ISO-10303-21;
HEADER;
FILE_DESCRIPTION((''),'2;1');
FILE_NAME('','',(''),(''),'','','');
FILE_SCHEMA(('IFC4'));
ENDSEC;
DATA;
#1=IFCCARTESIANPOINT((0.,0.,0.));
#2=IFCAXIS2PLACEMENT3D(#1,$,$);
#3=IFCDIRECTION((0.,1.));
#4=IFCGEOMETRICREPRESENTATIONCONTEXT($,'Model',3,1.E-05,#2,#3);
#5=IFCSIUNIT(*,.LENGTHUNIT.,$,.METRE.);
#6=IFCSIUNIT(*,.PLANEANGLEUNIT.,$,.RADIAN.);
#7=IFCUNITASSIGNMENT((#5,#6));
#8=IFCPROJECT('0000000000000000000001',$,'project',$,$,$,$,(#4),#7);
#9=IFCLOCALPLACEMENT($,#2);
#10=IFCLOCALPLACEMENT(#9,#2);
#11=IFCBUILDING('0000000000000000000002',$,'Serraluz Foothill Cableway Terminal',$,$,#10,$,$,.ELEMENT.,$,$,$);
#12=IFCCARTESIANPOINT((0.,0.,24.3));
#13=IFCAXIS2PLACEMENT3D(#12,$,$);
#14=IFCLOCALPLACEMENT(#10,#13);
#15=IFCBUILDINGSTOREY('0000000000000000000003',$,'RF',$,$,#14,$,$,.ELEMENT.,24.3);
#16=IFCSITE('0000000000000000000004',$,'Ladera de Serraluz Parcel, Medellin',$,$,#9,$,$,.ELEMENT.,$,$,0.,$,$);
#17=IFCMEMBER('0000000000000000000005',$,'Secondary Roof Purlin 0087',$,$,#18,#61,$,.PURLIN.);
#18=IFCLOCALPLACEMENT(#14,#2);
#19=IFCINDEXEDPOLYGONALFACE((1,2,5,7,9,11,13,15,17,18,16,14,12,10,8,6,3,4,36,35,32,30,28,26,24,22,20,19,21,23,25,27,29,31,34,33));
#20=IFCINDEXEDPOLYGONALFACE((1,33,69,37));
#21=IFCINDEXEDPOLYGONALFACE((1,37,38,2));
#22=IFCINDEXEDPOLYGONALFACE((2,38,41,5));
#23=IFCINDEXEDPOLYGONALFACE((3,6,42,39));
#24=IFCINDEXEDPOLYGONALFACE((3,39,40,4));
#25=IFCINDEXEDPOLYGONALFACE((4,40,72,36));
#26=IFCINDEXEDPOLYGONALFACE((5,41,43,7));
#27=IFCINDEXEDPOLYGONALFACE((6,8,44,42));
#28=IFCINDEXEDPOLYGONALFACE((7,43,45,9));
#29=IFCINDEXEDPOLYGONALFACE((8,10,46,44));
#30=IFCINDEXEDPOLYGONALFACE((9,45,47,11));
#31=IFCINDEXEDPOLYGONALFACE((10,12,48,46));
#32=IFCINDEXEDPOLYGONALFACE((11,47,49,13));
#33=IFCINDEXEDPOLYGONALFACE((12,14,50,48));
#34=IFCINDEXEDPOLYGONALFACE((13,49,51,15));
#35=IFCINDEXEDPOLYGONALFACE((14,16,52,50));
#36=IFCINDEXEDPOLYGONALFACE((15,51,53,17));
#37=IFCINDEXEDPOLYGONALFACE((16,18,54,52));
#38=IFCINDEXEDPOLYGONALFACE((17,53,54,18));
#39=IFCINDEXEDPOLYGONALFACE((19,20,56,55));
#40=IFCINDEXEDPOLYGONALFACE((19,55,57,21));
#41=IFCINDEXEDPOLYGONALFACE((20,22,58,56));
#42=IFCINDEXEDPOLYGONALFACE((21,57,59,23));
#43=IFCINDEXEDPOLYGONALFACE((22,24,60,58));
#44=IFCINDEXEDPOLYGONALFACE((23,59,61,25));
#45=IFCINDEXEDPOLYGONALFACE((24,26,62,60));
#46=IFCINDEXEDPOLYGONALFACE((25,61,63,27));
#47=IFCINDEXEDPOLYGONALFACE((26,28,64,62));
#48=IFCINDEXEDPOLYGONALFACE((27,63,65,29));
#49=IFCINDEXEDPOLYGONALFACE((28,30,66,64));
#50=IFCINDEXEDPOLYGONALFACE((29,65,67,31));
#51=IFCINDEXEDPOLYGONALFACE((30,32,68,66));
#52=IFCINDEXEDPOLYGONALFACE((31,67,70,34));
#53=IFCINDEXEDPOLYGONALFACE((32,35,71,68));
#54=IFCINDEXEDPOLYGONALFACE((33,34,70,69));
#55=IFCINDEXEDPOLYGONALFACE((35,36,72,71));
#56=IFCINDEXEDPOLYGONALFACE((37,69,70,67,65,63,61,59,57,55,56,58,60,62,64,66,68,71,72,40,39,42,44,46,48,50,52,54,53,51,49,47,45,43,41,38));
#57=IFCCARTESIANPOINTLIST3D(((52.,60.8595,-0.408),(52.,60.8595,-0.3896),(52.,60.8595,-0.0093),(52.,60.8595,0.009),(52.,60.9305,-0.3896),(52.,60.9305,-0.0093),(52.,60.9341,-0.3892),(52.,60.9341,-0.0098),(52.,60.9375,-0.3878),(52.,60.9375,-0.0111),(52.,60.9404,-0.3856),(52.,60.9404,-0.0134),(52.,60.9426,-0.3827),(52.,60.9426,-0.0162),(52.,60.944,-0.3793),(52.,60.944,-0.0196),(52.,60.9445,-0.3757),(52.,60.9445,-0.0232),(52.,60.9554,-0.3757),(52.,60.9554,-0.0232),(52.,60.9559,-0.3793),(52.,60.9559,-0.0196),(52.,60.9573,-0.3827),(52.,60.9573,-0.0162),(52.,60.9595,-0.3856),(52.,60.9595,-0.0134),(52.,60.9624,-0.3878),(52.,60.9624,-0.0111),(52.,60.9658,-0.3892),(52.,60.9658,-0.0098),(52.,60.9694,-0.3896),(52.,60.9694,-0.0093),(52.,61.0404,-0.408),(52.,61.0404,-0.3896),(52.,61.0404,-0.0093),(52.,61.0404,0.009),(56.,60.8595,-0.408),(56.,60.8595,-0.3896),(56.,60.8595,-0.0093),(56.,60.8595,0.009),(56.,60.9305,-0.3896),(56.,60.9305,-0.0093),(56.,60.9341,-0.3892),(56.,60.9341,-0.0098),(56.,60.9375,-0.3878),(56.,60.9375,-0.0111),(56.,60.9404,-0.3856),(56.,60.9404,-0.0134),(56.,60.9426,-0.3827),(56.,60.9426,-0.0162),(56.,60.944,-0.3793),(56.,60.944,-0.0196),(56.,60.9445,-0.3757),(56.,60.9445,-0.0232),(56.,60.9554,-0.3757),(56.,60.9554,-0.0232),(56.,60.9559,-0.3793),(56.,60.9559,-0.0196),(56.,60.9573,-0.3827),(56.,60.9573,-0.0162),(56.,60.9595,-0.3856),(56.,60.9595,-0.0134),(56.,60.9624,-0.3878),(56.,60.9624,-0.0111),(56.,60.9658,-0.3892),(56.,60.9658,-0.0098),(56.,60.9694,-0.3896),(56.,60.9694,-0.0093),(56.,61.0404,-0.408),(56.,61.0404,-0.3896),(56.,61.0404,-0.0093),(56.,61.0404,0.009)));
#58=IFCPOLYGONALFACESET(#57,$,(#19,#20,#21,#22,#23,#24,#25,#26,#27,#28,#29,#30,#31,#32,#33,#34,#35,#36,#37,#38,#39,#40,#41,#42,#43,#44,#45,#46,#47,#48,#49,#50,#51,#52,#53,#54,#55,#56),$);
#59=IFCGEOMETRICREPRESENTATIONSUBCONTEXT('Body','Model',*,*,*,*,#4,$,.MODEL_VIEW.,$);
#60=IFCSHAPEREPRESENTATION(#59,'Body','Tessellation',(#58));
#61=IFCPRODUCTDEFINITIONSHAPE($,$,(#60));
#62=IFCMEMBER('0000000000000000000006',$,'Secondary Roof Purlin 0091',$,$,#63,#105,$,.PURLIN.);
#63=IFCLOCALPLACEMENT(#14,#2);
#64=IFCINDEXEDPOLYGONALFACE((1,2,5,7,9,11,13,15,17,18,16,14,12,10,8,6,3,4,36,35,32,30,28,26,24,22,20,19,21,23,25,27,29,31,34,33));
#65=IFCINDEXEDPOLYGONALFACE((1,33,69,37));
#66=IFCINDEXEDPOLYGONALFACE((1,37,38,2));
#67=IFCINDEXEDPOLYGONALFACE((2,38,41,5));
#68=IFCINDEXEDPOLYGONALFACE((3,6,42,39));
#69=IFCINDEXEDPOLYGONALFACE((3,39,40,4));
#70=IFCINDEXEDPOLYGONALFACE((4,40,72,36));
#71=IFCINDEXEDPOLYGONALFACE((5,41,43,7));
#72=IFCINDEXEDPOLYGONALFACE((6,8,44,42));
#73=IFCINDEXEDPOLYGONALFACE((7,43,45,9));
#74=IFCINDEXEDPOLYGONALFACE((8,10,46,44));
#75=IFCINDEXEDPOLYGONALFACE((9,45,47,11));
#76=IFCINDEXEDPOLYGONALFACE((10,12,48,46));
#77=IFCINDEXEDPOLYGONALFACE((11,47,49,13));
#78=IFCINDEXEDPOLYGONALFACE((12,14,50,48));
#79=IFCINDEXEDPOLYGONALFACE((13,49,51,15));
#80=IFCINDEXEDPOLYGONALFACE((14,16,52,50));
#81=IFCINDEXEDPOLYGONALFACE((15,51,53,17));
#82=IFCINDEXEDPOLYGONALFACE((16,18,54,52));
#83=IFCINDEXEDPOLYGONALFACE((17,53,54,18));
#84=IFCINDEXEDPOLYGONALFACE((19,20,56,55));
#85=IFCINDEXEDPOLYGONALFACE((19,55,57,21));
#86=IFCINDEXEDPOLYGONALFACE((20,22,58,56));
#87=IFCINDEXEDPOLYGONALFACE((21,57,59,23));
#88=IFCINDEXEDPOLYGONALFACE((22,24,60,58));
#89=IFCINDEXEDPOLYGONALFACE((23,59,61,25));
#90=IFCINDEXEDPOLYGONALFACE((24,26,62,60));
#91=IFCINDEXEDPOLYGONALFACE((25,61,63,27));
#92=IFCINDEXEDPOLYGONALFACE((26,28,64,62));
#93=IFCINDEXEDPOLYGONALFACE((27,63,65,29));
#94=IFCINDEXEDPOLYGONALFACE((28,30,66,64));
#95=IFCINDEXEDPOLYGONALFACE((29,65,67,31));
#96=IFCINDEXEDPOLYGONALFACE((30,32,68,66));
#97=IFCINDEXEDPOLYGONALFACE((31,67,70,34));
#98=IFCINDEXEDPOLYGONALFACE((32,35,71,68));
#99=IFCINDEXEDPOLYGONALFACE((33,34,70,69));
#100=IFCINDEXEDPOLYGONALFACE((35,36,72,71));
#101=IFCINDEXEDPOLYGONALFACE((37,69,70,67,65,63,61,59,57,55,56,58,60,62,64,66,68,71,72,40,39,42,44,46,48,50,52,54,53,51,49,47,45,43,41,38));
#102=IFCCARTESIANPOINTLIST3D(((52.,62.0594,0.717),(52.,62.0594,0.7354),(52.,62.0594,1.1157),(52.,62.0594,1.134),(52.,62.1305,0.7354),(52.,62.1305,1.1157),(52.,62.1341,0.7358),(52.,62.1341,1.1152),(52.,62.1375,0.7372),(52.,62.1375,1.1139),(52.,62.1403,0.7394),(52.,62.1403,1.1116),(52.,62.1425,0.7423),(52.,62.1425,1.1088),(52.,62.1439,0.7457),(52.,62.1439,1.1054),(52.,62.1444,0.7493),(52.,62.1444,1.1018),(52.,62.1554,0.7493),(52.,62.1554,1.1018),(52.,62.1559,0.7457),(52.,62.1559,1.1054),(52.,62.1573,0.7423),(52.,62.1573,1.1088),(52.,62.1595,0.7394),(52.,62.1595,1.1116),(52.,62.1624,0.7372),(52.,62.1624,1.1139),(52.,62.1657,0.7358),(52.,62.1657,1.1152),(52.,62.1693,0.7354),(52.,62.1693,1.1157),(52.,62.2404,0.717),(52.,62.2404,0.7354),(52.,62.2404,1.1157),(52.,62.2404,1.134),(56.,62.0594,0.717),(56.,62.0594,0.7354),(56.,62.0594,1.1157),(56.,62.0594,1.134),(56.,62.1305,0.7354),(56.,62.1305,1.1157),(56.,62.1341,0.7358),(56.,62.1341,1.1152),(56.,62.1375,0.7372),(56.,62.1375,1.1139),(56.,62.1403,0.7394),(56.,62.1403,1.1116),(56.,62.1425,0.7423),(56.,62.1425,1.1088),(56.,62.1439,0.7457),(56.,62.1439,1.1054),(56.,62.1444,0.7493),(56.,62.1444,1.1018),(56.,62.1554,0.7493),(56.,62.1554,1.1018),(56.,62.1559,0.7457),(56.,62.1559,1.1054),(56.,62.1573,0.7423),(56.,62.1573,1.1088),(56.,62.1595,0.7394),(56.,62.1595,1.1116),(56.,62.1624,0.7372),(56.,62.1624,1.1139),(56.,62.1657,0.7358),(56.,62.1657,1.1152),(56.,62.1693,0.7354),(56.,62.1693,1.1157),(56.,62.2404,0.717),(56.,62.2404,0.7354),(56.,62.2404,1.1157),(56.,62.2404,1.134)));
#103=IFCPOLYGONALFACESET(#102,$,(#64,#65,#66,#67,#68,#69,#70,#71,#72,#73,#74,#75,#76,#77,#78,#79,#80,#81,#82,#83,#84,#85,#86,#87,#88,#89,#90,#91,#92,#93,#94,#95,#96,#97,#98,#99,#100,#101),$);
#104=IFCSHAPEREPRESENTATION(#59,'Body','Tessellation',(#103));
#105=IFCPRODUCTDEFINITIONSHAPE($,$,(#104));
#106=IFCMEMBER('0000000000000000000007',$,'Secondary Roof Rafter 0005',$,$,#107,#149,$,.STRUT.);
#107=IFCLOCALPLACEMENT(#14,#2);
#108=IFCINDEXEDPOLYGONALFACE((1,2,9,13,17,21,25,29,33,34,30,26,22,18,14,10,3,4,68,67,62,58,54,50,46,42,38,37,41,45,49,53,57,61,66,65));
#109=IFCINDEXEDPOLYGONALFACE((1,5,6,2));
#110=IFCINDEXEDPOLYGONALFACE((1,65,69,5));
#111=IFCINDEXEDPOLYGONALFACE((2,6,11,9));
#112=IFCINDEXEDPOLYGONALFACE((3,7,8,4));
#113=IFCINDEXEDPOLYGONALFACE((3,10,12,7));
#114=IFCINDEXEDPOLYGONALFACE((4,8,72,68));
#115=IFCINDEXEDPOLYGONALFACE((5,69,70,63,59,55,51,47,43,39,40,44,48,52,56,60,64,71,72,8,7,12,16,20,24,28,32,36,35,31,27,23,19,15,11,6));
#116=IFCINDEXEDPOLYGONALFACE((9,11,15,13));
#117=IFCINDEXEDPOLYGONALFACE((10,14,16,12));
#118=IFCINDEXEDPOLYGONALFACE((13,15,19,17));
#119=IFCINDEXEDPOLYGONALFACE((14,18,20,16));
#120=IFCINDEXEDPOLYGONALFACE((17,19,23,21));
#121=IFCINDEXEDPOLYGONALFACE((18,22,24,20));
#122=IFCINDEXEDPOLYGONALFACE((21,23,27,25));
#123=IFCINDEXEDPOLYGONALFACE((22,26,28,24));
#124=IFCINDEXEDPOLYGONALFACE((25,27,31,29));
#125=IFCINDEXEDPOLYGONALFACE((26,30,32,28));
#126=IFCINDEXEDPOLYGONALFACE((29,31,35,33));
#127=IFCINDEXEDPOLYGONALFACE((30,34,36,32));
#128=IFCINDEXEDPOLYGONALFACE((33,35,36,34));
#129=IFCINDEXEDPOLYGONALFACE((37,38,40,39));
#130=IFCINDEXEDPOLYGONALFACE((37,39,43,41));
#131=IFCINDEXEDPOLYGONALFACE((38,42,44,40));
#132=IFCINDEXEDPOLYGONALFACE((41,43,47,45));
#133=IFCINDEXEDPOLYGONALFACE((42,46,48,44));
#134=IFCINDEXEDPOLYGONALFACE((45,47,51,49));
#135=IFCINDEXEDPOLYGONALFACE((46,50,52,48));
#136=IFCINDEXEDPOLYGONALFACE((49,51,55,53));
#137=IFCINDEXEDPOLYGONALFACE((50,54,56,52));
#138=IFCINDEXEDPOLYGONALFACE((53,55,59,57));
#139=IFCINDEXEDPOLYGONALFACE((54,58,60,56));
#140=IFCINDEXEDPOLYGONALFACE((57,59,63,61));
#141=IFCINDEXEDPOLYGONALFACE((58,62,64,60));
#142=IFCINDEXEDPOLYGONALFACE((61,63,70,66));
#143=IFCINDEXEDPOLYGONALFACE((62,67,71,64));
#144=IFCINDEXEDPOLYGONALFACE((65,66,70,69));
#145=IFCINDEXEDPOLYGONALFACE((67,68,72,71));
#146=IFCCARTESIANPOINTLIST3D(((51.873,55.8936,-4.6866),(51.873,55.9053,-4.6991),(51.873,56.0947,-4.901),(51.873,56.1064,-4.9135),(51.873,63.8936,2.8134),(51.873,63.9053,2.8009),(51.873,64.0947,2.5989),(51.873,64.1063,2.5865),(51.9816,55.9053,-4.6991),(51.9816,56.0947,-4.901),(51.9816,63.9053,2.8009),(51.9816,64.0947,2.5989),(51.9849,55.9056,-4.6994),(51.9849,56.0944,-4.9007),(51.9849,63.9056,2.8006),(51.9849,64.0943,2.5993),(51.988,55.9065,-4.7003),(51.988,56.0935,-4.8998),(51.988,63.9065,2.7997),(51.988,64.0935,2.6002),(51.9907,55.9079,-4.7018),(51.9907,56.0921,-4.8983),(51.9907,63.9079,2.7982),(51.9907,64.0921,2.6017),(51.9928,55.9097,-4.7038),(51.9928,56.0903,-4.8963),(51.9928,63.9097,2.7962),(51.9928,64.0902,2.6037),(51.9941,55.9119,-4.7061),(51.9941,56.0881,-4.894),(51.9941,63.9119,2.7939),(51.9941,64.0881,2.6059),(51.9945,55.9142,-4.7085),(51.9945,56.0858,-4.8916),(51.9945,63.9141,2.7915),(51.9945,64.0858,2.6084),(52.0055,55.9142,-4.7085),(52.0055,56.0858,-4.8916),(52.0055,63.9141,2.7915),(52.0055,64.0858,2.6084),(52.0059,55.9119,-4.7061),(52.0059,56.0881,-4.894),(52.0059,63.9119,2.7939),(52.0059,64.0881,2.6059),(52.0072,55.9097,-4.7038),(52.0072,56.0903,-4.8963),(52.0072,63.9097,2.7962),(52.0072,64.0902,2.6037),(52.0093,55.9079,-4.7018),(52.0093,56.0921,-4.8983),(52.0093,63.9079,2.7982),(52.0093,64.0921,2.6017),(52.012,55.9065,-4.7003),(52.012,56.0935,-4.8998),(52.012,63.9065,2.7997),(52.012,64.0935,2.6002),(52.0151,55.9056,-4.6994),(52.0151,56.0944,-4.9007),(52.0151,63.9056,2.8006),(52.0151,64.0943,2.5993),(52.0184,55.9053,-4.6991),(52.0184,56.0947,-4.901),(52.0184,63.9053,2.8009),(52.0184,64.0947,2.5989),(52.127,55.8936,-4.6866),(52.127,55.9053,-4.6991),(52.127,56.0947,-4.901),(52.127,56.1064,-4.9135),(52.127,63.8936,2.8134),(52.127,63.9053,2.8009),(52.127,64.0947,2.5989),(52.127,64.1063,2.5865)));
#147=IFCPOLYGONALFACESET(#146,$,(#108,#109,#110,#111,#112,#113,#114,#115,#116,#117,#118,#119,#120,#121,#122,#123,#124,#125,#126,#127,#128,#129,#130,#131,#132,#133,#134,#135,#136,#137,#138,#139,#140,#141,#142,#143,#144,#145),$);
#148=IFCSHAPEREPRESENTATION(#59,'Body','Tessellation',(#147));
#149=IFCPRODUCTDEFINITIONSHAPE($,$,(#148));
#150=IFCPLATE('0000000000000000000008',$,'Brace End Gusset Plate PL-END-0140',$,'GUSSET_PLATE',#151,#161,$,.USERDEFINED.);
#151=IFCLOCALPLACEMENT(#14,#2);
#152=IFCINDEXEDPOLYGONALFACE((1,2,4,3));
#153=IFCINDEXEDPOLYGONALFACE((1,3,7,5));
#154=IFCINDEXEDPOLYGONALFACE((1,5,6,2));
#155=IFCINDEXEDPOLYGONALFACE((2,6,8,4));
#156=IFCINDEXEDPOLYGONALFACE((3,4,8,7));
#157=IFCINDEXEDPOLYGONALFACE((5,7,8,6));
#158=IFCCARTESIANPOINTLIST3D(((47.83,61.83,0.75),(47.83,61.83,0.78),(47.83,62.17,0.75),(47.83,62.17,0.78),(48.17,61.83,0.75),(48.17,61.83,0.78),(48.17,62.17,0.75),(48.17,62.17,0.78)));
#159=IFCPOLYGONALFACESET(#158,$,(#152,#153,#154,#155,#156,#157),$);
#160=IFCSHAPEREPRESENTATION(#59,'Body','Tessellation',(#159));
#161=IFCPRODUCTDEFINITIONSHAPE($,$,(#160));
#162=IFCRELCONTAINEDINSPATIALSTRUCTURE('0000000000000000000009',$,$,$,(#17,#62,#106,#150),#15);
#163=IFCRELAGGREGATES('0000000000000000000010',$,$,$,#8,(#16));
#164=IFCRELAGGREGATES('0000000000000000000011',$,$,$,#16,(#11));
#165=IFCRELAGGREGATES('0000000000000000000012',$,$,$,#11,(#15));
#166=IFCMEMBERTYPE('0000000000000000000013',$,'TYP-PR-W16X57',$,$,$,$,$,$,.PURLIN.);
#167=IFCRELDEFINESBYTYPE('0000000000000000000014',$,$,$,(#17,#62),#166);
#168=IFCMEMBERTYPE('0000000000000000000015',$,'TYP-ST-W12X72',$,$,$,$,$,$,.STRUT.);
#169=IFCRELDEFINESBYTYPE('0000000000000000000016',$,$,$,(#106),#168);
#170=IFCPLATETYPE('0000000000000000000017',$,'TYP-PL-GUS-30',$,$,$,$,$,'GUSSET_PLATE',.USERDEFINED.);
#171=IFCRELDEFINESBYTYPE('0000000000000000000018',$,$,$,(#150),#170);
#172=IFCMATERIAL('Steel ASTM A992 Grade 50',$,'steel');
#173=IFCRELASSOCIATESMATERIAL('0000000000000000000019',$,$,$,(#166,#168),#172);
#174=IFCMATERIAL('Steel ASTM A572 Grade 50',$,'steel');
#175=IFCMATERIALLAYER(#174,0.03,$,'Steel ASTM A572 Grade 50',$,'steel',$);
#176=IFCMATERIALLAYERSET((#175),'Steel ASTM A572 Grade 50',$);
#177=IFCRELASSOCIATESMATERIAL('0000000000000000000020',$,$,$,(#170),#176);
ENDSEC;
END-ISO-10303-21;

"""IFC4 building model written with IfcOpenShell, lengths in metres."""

from ifc_helpers import new_model, si_unit, direction, frame, origin, origin_2d, place, context, subcontext, project, spatial, rectangle, i_section, extrude, material, layer, layer_set, material_profile, profile_set, type_object, element, save


model = new_model("IFC4")

# Units and contexts
model_context = context("Model", 3, precision=1e-05, world=origin(), true_north=direction((0.0, 1.0)))
body_context = subcontext(model_context, "Body", "Model", "MODEL_VIEW")
ifc_project = project(units=[si_unit("LENGTHUNIT", "METRE"), si_unit("PLANEANGLEUNIT", "RADIAN")], contexts=[model_context])

# Site, building, storey
site_placement = place(None, origin())
site = spatial("IfcSite", under=ifc_project, at=site_placement, Name="Ladera de Serraluz Parcel, Medellin", CompositionType="ELEMENT", RefElevation=0.0)
building_placement = place(site_placement, origin())
building = spatial("IfcBuilding", under=site, at=building_placement, Name="Serraluz Foothill Cableway Terminal", CompositionType="ELEMENT")
storey_placement = place(building_placement, frame((0.0, 0.0, 24.3)))
storey = spatial("IfcBuildingStorey", under=building, at=storey_placement, Name="RF", CompositionType="ELEMENT", Elevation=24.3)

# Members
ifc_material_1 = material(Name="Steel ASTM A572 Grade 50", Category="steel")
ifc_material_2 = material(Name="Steel ASTM A992 Grade 50", Category="steel")
ifc_material_profile_1 = material_profile(ifc_material_2, i_section(OverallWidth=0.1809, OverallDepth=0.417, WebThickness=0.011, FlangeThickness=0.0183, FilletRadius=0.0139, at=origin_2d()), Name="W16X57")
ifc_profile_set_1 = profile_set([ifc_material_profile_1], Name="Steel ASTM A992 Grade 50")
member_type_1 = type_object("IfcMemberType", Name="TYP-PR-W16X57", PredefinedType="PURLIN", material=ifc_profile_set_1)
for number, where, z_axis, x_axis, name in (
    (1, (52.0, 60.95, -0.1995), (1.0, 0.0, 0.0), (0.0, 1.0, 0.0), "Secondary Roof Purlin 0087"),
    (2, (52.0, 62.1499, 0.9255), (1.0, 0.0, 0.0), (0.0, 1.0, 0.0), "Secondary Roof Purlin 0091"),
):
    element("IfcMember", number, at=place(storey_placement, frame(where, z_axis=z_axis, x_axis=x_axis)), inside=storey, type_object=member_type_1, Name=name, PredefinedType="PURLIN", context=body_context, shape_type="SweptSolid", body=[
        extrude(i_section(OverallWidth=0.1809, OverallDepth=0.417, WebThickness=0.011, FlangeThickness=0.0183, FilletRadius=0.0139, at=origin_2d()), origin(), (0.0, 0.0, 1.0), 4.0),
    ])
ifc_material_profile_2 = material_profile(ifc_material_2, i_section(OverallWidth=0.2539, OverallDepth=0.311, WebThickness=0.011, FlangeThickness=0.0171, FilletRadius=0.0129, at=origin_2d()), Name="W12X72")
ifc_profile_set_2 = profile_set([ifc_material_profile_2], Name="Steel ASTM A992 Grade 50")
member_type_2 = type_object("IfcMemberType", Name="TYP-ST-W12X72", PredefinedType="STRUT", material=ifc_profile_set_2)
member_1_placement = place(storey_placement, frame((52.0, 56.0, -4.8), z_axis=(0.0, 0.729537, 0.683941), x_axis=(-1.0, 0.0, 0.0)))
element("IfcMember", 3, at=member_1_placement, inside=storey, type_object=member_type_2, Name="Secondary Roof Rafter 0005", PredefinedType="STRUT", context=body_context, shape_type="SweptSolid", body=[
    extrude(i_section(OverallWidth=0.2539, OverallDepth=0.311, WebThickness=0.011, FlangeThickness=0.0171, FilletRadius=0.0129, at=origin_2d()), origin(), (0.0, 0.0, 1.0), 10.9658),
])

# Plate
ifc_layer = layer(ifc_material_1, 0.03, Name="Steel ASTM A572 Grade 50", Category="steel")
ifc_layer_set = layer_set([ifc_layer], Name="Steel ASTM A572 Grade 50")
plate_type = type_object("IfcPlateType", Name="TYP-PL-GUS-30", ElementType="GUSSET_PLATE", PredefinedType="USERDEFINED", material=ifc_layer_set)
plate_placement = place(storey_placement, frame((48.0, 62.0, 0.75), z_axis=(0.0, 0.0, 1.0), x_axis=(1.0, 0.0, 0.0)))
element("IfcPlate", 4, at=plate_placement, inside=storey, type_object=plate_type, Name="Brace End Gusset Plate PL-END-0140", ObjectType="GUSSET_PLATE", PredefinedType="USERDEFINED", context=body_context, shape_type="SweptSolid", body=[
    extrude(rectangle(XDim=0.3401, YDim=0.3401, at=origin_2d()), origin(), (0.0, 0.0, 1.0), 0.03),
])

save(model, "model.ifc")
